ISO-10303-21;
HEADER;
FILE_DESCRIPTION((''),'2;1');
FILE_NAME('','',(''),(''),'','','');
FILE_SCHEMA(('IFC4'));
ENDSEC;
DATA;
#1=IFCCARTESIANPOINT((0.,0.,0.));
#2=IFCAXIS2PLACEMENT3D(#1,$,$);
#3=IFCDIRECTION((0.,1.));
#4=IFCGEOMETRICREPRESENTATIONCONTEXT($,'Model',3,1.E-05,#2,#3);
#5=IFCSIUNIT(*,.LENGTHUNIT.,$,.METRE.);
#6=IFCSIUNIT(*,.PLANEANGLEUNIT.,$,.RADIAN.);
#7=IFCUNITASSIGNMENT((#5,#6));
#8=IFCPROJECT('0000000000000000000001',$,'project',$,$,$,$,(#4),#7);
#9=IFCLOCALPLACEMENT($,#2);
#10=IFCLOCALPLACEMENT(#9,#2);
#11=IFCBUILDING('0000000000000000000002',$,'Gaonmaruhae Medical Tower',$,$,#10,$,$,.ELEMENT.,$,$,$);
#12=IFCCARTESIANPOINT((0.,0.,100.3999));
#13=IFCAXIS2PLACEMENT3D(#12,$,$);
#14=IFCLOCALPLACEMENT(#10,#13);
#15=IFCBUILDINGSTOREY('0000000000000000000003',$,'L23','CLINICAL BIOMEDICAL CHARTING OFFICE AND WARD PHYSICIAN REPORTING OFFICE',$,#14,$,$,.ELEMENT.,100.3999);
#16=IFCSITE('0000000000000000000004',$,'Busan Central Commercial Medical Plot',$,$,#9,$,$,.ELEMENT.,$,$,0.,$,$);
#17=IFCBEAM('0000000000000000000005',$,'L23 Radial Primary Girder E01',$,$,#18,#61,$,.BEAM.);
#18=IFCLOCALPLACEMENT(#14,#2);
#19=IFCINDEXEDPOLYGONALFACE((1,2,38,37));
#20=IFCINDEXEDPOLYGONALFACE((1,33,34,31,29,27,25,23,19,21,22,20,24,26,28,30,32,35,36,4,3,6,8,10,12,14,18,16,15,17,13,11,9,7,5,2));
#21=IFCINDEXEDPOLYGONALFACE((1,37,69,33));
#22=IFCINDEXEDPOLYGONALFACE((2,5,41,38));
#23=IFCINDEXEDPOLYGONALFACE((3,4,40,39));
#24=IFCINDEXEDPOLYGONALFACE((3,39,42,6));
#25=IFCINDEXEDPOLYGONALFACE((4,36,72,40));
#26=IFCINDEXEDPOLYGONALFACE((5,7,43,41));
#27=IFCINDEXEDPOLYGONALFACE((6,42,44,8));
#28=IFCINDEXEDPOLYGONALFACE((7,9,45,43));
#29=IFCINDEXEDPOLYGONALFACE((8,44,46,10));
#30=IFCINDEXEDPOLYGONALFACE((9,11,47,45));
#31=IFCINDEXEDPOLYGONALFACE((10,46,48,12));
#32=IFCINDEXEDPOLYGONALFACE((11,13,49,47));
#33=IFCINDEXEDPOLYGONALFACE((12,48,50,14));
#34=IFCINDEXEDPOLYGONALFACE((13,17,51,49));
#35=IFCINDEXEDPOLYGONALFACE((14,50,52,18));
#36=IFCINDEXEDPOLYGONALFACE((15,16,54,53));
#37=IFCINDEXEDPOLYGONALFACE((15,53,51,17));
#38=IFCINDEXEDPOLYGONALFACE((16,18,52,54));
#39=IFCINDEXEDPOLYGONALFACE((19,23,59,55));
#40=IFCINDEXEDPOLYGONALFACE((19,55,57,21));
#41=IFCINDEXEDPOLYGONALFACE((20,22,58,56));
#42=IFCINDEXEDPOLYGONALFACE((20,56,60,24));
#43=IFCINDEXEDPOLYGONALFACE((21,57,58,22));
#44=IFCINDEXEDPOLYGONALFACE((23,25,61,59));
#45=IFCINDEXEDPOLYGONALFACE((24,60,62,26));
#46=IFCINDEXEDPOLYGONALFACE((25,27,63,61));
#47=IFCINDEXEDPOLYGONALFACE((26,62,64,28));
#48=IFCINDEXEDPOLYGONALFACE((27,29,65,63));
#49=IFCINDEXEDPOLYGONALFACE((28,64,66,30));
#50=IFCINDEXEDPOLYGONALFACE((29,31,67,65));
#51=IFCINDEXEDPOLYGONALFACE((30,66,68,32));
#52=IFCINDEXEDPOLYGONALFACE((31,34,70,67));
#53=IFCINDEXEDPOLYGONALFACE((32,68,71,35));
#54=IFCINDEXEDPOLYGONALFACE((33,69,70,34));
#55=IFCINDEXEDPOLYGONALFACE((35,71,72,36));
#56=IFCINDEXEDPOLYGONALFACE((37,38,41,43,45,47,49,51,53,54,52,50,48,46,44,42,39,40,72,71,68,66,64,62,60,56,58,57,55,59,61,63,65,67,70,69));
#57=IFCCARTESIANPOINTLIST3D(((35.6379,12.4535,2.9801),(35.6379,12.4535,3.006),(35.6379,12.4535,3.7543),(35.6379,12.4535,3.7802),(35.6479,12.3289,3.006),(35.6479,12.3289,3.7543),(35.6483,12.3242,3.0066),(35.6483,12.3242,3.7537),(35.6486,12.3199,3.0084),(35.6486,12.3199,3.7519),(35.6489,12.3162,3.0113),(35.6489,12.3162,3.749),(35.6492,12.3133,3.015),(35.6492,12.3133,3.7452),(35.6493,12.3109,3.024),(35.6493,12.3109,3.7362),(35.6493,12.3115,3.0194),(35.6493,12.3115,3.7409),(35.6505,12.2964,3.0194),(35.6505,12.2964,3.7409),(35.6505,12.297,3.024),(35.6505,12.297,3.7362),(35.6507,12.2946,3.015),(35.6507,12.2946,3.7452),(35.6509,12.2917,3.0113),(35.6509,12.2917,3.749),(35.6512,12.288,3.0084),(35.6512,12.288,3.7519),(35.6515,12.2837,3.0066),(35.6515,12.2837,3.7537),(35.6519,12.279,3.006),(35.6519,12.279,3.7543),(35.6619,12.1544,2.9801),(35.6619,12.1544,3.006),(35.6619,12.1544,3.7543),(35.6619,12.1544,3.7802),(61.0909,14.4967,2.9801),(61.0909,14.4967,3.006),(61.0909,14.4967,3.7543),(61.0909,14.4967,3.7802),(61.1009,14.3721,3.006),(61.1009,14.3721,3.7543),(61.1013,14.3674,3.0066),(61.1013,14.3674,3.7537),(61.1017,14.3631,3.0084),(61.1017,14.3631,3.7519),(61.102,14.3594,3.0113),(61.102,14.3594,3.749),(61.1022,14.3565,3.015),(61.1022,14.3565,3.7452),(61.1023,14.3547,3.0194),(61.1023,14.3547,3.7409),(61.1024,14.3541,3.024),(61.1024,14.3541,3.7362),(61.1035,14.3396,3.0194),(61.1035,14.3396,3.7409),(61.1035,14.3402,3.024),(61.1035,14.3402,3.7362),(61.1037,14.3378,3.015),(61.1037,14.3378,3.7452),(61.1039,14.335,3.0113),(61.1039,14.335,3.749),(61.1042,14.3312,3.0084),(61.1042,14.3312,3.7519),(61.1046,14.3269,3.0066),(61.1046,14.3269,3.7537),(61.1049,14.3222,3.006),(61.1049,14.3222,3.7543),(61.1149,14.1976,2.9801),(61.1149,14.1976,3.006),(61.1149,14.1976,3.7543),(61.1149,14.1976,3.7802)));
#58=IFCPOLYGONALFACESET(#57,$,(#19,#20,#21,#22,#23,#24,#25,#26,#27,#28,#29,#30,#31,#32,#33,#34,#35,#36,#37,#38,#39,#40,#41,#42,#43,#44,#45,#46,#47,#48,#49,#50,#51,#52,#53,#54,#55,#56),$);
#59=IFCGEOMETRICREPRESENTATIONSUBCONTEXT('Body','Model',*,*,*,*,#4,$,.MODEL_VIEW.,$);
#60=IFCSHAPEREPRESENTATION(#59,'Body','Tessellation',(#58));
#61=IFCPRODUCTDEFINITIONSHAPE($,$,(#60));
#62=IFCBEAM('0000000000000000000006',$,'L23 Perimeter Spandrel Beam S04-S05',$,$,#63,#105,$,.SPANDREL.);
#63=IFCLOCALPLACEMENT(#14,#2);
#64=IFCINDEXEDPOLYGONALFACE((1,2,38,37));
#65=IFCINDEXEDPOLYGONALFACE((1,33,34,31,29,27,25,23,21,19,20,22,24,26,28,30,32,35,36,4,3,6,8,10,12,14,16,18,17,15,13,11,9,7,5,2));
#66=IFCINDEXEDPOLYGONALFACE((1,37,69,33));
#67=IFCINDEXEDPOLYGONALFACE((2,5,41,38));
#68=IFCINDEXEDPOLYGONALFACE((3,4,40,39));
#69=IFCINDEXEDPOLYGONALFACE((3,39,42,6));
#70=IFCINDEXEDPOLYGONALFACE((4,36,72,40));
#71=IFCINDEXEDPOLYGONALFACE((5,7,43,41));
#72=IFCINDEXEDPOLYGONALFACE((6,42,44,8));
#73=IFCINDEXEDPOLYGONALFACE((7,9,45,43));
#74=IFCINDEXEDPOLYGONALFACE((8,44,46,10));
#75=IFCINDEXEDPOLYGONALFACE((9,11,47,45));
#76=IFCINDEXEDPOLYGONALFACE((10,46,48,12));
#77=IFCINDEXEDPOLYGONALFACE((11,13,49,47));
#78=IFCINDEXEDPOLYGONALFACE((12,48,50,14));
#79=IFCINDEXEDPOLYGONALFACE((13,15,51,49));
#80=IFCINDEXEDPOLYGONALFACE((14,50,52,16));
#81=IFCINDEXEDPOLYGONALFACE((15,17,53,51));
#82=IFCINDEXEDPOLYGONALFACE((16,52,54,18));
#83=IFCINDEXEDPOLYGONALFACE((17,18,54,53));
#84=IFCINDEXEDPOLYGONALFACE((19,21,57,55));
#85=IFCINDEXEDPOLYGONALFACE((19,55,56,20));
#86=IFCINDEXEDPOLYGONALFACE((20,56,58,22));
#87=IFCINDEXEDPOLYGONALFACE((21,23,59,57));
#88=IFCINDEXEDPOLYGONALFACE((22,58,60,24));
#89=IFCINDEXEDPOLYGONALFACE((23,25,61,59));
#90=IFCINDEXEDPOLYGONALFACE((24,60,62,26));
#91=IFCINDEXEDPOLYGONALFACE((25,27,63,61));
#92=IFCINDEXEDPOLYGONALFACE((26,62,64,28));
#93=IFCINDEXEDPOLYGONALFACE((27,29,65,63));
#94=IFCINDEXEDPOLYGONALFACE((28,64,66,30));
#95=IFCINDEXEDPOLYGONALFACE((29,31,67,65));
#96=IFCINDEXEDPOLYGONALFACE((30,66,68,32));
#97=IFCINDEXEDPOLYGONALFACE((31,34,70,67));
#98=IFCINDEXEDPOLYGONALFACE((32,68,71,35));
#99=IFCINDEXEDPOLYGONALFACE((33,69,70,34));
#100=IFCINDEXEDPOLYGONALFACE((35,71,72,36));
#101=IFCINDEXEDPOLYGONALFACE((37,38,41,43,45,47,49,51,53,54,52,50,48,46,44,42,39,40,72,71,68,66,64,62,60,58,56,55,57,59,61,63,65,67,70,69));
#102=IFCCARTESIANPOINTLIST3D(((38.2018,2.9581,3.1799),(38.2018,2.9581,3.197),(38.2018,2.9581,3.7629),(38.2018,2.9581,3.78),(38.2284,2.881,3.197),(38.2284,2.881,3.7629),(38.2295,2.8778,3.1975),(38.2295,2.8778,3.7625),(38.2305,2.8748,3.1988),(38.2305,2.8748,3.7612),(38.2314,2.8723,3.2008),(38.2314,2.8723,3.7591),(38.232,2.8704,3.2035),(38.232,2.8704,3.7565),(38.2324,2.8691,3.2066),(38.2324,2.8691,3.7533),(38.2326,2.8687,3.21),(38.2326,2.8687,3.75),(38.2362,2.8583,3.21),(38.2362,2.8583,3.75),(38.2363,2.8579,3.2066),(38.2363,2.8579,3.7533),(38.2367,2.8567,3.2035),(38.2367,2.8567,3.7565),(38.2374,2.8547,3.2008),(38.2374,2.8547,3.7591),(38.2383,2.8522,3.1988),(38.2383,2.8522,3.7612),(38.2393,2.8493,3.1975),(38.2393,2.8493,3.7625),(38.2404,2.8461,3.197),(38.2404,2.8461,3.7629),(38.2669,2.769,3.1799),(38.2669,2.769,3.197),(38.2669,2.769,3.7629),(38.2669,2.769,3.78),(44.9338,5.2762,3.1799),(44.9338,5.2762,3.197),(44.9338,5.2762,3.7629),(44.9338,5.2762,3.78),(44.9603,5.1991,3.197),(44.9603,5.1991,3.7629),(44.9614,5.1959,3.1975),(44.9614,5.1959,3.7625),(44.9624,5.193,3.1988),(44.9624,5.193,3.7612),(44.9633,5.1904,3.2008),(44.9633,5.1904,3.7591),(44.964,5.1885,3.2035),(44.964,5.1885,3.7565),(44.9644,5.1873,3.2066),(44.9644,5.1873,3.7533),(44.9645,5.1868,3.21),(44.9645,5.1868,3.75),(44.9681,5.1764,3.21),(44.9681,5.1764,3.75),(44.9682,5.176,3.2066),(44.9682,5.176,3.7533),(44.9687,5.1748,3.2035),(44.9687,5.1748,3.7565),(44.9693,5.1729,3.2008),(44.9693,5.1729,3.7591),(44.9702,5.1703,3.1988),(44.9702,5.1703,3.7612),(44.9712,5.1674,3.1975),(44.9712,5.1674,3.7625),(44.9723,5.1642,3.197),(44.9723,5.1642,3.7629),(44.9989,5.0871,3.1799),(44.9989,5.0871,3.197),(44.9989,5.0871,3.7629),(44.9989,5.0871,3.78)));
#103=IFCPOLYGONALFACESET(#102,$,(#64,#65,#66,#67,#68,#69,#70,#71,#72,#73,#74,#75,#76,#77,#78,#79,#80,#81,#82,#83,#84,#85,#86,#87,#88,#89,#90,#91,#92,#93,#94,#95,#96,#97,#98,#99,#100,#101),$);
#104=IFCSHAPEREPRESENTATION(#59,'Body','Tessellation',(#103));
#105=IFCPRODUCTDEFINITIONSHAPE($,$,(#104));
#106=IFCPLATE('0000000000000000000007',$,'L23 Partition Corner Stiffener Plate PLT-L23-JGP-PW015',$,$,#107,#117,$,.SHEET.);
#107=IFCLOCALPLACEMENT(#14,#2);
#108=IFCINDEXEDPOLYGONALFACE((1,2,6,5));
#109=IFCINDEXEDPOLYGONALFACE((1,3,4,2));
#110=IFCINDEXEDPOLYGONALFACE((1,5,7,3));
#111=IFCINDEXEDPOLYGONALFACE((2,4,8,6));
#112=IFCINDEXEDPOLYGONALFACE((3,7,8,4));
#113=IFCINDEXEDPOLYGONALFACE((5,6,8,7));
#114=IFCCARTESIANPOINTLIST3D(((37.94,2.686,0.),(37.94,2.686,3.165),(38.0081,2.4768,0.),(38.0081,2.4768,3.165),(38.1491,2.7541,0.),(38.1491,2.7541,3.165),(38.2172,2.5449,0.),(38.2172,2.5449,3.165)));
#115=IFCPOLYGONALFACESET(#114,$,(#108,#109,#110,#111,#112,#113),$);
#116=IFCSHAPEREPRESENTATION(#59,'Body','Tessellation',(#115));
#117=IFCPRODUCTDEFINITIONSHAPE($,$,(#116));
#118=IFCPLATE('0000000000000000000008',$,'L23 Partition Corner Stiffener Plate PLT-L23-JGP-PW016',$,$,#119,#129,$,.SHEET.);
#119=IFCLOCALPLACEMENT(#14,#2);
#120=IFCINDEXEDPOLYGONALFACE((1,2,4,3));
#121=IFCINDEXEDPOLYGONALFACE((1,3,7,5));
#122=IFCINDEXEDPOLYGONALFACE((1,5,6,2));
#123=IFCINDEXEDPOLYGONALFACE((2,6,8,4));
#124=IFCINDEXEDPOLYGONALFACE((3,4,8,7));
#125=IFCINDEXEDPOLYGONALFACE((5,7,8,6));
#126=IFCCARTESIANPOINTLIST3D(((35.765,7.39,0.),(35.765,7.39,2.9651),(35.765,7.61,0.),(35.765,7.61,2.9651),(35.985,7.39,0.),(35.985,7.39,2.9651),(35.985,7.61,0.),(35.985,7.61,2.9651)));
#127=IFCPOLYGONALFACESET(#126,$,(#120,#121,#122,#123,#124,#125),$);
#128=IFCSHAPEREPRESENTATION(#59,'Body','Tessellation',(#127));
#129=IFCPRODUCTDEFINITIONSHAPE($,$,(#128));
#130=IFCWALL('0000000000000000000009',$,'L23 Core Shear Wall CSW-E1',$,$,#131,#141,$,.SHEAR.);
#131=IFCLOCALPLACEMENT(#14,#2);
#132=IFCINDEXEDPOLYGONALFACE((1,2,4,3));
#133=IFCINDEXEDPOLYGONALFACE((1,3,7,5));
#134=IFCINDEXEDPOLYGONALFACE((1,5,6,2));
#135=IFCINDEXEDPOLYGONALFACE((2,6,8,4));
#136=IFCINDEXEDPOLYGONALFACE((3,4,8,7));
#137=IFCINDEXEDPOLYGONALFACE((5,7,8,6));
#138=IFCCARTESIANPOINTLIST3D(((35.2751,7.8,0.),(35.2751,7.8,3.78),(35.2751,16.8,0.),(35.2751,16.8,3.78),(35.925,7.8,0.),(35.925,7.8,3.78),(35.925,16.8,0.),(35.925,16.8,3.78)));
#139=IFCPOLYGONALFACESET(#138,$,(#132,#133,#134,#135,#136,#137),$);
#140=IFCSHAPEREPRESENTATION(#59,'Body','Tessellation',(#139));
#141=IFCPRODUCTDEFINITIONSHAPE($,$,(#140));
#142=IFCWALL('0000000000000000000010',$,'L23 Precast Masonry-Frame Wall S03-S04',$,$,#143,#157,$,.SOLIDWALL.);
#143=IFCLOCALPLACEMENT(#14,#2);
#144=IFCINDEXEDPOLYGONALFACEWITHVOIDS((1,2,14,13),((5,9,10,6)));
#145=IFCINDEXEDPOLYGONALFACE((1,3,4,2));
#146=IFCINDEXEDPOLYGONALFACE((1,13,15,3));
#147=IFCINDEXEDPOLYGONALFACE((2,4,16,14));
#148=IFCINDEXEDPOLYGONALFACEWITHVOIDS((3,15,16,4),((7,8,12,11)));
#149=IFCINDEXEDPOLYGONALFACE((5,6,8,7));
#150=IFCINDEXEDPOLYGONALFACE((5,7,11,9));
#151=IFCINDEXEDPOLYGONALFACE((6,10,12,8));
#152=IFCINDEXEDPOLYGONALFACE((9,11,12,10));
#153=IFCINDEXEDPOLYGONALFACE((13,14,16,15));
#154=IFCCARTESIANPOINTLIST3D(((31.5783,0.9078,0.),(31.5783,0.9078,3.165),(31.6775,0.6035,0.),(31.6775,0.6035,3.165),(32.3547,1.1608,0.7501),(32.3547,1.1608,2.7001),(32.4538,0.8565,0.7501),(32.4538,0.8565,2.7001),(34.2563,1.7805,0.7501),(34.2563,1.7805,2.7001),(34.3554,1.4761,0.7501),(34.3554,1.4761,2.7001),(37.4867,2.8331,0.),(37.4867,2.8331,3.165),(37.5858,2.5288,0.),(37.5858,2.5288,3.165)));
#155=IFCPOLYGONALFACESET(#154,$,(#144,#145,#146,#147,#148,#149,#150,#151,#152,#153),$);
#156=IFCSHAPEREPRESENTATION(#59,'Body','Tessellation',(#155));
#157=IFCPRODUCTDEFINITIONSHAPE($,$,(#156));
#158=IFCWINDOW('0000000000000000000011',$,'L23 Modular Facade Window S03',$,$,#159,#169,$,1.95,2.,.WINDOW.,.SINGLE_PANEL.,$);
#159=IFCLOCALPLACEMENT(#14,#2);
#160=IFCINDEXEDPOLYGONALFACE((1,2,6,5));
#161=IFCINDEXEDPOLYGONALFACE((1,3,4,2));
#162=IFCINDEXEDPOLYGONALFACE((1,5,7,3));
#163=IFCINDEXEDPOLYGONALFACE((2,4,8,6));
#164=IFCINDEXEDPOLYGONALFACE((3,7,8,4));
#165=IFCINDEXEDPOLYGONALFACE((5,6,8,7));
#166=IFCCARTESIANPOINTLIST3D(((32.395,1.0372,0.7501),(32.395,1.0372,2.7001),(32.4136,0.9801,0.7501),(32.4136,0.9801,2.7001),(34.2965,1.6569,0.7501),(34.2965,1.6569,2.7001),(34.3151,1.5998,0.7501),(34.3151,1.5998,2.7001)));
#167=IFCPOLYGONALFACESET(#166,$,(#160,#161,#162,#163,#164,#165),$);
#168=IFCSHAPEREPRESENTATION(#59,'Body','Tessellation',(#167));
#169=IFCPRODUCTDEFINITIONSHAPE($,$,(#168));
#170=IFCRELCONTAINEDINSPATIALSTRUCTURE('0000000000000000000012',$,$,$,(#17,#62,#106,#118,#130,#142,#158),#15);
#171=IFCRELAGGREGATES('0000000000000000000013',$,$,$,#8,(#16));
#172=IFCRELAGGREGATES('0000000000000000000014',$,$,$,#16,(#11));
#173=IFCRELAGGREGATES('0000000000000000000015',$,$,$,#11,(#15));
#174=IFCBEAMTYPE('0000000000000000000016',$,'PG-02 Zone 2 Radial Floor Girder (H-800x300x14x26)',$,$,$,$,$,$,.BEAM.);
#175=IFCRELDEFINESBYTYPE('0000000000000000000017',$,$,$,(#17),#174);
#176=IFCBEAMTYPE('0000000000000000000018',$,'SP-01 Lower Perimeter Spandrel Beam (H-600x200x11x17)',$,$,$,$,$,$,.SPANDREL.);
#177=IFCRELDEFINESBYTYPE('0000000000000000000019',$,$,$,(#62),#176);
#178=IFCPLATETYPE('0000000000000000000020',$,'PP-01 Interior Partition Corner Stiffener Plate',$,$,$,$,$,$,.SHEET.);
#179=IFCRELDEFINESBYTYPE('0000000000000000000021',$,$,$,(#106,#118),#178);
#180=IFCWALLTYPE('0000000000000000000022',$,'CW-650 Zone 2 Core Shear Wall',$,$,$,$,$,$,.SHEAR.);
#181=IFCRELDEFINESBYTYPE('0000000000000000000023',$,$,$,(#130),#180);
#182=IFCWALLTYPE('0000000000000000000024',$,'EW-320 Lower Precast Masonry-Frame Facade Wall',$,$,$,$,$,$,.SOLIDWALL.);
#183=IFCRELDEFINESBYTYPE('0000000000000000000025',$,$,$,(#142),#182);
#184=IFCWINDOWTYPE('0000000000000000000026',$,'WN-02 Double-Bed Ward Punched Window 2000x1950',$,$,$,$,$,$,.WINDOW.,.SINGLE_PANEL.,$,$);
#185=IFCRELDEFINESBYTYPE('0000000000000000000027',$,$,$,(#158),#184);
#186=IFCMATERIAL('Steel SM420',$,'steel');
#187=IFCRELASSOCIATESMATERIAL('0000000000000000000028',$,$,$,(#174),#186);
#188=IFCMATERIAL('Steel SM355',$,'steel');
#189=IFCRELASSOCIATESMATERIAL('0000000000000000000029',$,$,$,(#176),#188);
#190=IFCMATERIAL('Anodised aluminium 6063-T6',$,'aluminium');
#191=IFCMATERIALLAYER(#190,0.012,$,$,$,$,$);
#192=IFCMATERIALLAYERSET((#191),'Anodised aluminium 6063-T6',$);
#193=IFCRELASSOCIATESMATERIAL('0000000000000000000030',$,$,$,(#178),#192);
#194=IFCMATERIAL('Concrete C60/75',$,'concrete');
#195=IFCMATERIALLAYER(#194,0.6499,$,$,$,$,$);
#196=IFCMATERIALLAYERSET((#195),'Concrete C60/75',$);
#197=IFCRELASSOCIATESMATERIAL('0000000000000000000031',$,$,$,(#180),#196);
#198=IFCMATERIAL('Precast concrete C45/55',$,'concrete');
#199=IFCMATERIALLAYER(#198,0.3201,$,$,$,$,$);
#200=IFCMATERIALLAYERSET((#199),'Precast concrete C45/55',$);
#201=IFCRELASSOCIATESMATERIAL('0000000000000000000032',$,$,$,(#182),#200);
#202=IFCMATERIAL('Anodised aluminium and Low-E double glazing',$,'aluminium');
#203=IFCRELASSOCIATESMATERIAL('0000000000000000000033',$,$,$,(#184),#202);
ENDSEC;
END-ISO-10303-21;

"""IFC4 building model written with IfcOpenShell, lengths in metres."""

from ifc_helpers import new_model, si_unit, direction, frame, frame_2d, origin, origin_2d, place, context, subcontext, project, spatial, rectangle, i_section, extrude, material, layer, layer_set, material_profile, profile_set, type_object, element, fill, save


model = new_model("IFC4")

# Units and contexts
model_context = context("Model", 3, precision=1e-05, world=origin(), true_north=direction((0.0, 1.0)))
body_context = subcontext(model_context, "Body", "Model", "MODEL_VIEW")
ifc_project = project(units=[si_unit("LENGTHUNIT", "METRE"), si_unit("PLANEANGLEUNIT", "RADIAN")], contexts=[model_context])

# Site, building, storey
site_placement = place(None, origin())
site = spatial("IfcSite", under=ifc_project, at=site_placement, Name="Busan Central Commercial Medical Plot", CompositionType="ELEMENT", RefElevation=0.0)
building_placement = place(site_placement, origin())
building = spatial("IfcBuilding", under=site, at=building_placement, Name="Gaonmaruhae Medical Tower", CompositionType="ELEMENT")
storey_placement = place(building_placement, frame((0.0, 0.0, 100.3999)))
storey = spatial("IfcBuildingStorey", under=building, at=storey_placement, Name="L23", Description="CLINICAL BIOMEDICAL CHARTING OFFICE AND WARD PHYSICIAN REPORTING OFFICE", CompositionType="ELEMENT", Elevation=100.3999)

# Shared definitions
ifc_material_1 = material(Name="Concrete C60/75", Category="concrete")

# Beams
ifc_material_2 = material(Name="Steel SM355", Category="steel")
ifc_material_3 = material(Name="Steel SM420", Category="steel")
ifc_material_profile_1 = material_profile(ifc_material_3, i_section(OverallWidth=0.3, OverallDepth=0.8, WebThickness=0.0139, FlangeThickness=0.0259, FilletRadius=0.0181, at=origin_2d()), Name="H-800x300x14x26")
ifc_profile_set_1 = profile_set([ifc_material_profile_1], Name="Steel SM420")
beam_type_1 = type_object("IfcBeamType", Name="PG-02 Zone 2 Radial Floor Girder (H-800x300x14x26)", PredefinedType="BEAM", material=ifc_profile_set_1)
beam_1_placement = place(storey_placement, frame((35.6499, 12.304, 3.3801), z_axis=(0.996794, 0.080016, 0.0), x_axis=(-0.080016, 0.996794, 0.0)))
element("IfcBeam", 1, at=beam_1_placement, inside=storey, type_object=beam_type_1, Name="L23 Radial Primary Girder E01", PredefinedType="BEAM", context=body_context, shape_type="SweptSolid", body=[
    extrude(i_section(OverallWidth=0.3, OverallDepth=0.8, WebThickness=0.0139, FlangeThickness=0.0259, FilletRadius=0.0181, at=origin_2d()), origin(), (0.0, 0.0, 1.0), 25.5349),
])
ifc_material_profile_2 = material_profile(ifc_material_2, i_section(OverallWidth=0.2, OverallDepth=0.6001, WebThickness=0.011, FlangeThickness=0.0171, FilletRadius=0.0129, at=origin_2d()), Name="H-600x200x11x17")
ifc_profile_set_2 = profile_set([ifc_material_profile_2], Name="Steel SM355")
beam_type_2 = type_object("IfcBeamType", Name="SP-01 Lower Perimeter Spandrel Beam (H-600x200x11x17)", PredefinedType="SPANDREL", material=ifc_profile_set_2)
beam_2_placement = place(storey_placement, frame((38.2344, 2.8635, 3.48), z_axis=(0.945513, 0.325584, 0.0), x_axis=(-0.325584, 0.945513, 0.0)))
element("IfcBeam", 2, at=beam_2_placement, inside=storey, type_object=beam_type_2, Name="L23 Perimeter Spandrel Beam S04-S05", PredefinedType="SPANDREL", context=body_context, shape_type="SweptSolid", body=[
    extrude(i_section(OverallWidth=0.2, OverallDepth=0.6001, WebThickness=0.011, FlangeThickness=0.0171, FilletRadius=0.0129, at=origin_2d()), origin(), (0.0, 0.0, 1.0), 7.1199),
])

# Plates
ifc_material_4 = material(Name="Anodised aluminium 6063-T6", Category="aluminium")
ifc_layer_1 = layer(ifc_material_4, 0.012)
ifc_layer_set_1 = layer_set([ifc_layer_1], Name="Anodised aluminium 6063-T6")
plate_type = type_object("IfcPlateType", Name="PP-01 Interior Partition Corner Stiffener Plate", PredefinedType="SHEET", material=ifc_layer_set_1)
plate_1_placement = place(storey_placement, frame((38.0786, 2.6155, 0.0), z_axis=(0.0, 0.0, 1.0), x_axis=(-0.950878, -0.309565, 0.0)))
element("IfcPlate", 3, at=plate_1_placement, inside=storey, type_object=plate_type, Name="L23 Partition Corner Stiffener Plate PLT-L23-JGP-PW015", PredefinedType="SHEET", context=body_context, shape_type="SweptSolid", body=[
    extrude(rectangle(XDim=0.22, YDim=0.22, at=origin_2d()), origin(), (0.0, 0.0, 1.0), 3.165),
])
plate_2_placement = place(storey_placement, frame((35.875, 7.5, 0.0), z_axis=(0.0, 0.0, 1.0), x_axis=(1.0, 0.0, 0.0)))
element("IfcPlate", 4, at=plate_2_placement, inside=storey, type_object=plate_type, Name="L23 Partition Corner Stiffener Plate PLT-L23-JGP-PW016", PredefinedType="SHEET", context=body_context, shape_type="SweptSolid", body=[
    extrude(rectangle(XDim=0.22, YDim=0.22, at=origin_2d()), origin(), (0.0, 0.0, 1.0), 2.9651),
])

# Wall
ifc_layer_2 = layer(ifc_material_1, 0.6499)
ifc_layer_set_2 = layer_set([ifc_layer_2], Name="Concrete C60/75")
wall_type_1 = type_object("IfcWallType", Name="CW-650 Zone 2 Core Shear Wall", PredefinedType="SHEAR", material=ifc_layer_set_2)
wall_1_placement = place(storey_placement, frame((35.6001, 7.8, 0.0), z_axis=(0.0, 0.0, 1.0), x_axis=(0.0, 1.0, 0.0)))
element("IfcWall", 5, at=wall_1_placement, inside=storey, type_object=wall_type_1, Name="L23 Core Shear Wall CSW-E1", PredefinedType="SHEAR", context=body_context, shape_type="SweptSolid", body=[
    extrude(rectangle(XDim=9.0, YDim=0.6499, at=frame_2d((4.5, 0.0))), origin(), (0.0, 0.0, 1.0), 3.78),
])

# Wall, opening, window
ifc_material_5 = material(Name="Precast concrete C45/55", Category="concrete")
ifc_layer_3 = layer(ifc_material_5, 0.3201)
ifc_layer_set_3 = layer_set([ifc_layer_3], Name="Precast concrete C45/55")
wall_type_2 = type_object("IfcWallType", Name="EW-320 Lower Precast Masonry-Frame Facade Wall", PredefinedType="SOLIDWALL", material=ifc_layer_set_3)
wall_2_placement = place(storey_placement, frame((37.5361, 2.6809, 0.0), z_axis=(0.0, 0.0, 1.0), x_axis=(-0.950795, -0.309821, 0.0)))
wall_2 = element("IfcWall", 6, at=wall_2_placement, inside=storey, type_object=wall_type_2, Name="L23 Precast Masonry-Frame Wall S03-S04", PredefinedType="SOLIDWALL", context=body_context, shape_type="SweptSolid", body=[
    extrude(rectangle(XDim=6.2141, YDim=0.3201, at=frame_2d((3.1069, 0.0))), origin(), (0.0, 0.0, 1.0), 3.165),
])
opening_1_placement = place(wall_2_placement, frame((3.3975, 0.0, 0.75)))
opening_1 = element("IfcOpeningElement", 7, at=opening_1_placement, cuts=wall_2, PredefinedType="OPENING", context=body_context, shape_type="SweptSolid", body=[
    extrude(rectangle(XDim=2.0, YDim=1.95, at=frame_2d((1.0, 0.9751))), frame((0.0, 0.1699, 0.0), z_axis=(0.0, -1.0, 0.0), x_axis=(1.0, 0.0, 0.0)), (0.0, 0.0, 1.0), 0.3401),
])
ifc_material_6 = material(Name="Anodised aluminium and Low-E double glazing", Category="aluminium")
window_type = type_object("IfcWindowType", Name="WN-02 Double-Bed Ward Punched Window 2000x1950", PartitioningType="SINGLE_PANEL", PredefinedType="WINDOW", material=ifc_material_6)
window_placement = place(opening_1_placement, origin())
window = element("IfcWindow", 8, at=window_placement, inside=storey, type_object=window_type, Name="L23 Modular Facade Window S03", OverallHeight=1.95, OverallWidth=2.0, PartitioningType="SINGLE_PANEL", PredefinedType="WINDOW", context=body_context, shape_type="SweptSolid", body=[
    extrude(rectangle(XDim=2.0, YDim=1.95, at=frame_2d((1.0, 0.9751))), frame((0.0, 0.03, 0.0), z_axis=(0.0, -1.0, 0.0), x_axis=(1.0, 0.0, 0.0)), (0.0, 0.0, 1.0), 0.0601),
])
fill(opening_1, window)

save(model, "model.ifc")
